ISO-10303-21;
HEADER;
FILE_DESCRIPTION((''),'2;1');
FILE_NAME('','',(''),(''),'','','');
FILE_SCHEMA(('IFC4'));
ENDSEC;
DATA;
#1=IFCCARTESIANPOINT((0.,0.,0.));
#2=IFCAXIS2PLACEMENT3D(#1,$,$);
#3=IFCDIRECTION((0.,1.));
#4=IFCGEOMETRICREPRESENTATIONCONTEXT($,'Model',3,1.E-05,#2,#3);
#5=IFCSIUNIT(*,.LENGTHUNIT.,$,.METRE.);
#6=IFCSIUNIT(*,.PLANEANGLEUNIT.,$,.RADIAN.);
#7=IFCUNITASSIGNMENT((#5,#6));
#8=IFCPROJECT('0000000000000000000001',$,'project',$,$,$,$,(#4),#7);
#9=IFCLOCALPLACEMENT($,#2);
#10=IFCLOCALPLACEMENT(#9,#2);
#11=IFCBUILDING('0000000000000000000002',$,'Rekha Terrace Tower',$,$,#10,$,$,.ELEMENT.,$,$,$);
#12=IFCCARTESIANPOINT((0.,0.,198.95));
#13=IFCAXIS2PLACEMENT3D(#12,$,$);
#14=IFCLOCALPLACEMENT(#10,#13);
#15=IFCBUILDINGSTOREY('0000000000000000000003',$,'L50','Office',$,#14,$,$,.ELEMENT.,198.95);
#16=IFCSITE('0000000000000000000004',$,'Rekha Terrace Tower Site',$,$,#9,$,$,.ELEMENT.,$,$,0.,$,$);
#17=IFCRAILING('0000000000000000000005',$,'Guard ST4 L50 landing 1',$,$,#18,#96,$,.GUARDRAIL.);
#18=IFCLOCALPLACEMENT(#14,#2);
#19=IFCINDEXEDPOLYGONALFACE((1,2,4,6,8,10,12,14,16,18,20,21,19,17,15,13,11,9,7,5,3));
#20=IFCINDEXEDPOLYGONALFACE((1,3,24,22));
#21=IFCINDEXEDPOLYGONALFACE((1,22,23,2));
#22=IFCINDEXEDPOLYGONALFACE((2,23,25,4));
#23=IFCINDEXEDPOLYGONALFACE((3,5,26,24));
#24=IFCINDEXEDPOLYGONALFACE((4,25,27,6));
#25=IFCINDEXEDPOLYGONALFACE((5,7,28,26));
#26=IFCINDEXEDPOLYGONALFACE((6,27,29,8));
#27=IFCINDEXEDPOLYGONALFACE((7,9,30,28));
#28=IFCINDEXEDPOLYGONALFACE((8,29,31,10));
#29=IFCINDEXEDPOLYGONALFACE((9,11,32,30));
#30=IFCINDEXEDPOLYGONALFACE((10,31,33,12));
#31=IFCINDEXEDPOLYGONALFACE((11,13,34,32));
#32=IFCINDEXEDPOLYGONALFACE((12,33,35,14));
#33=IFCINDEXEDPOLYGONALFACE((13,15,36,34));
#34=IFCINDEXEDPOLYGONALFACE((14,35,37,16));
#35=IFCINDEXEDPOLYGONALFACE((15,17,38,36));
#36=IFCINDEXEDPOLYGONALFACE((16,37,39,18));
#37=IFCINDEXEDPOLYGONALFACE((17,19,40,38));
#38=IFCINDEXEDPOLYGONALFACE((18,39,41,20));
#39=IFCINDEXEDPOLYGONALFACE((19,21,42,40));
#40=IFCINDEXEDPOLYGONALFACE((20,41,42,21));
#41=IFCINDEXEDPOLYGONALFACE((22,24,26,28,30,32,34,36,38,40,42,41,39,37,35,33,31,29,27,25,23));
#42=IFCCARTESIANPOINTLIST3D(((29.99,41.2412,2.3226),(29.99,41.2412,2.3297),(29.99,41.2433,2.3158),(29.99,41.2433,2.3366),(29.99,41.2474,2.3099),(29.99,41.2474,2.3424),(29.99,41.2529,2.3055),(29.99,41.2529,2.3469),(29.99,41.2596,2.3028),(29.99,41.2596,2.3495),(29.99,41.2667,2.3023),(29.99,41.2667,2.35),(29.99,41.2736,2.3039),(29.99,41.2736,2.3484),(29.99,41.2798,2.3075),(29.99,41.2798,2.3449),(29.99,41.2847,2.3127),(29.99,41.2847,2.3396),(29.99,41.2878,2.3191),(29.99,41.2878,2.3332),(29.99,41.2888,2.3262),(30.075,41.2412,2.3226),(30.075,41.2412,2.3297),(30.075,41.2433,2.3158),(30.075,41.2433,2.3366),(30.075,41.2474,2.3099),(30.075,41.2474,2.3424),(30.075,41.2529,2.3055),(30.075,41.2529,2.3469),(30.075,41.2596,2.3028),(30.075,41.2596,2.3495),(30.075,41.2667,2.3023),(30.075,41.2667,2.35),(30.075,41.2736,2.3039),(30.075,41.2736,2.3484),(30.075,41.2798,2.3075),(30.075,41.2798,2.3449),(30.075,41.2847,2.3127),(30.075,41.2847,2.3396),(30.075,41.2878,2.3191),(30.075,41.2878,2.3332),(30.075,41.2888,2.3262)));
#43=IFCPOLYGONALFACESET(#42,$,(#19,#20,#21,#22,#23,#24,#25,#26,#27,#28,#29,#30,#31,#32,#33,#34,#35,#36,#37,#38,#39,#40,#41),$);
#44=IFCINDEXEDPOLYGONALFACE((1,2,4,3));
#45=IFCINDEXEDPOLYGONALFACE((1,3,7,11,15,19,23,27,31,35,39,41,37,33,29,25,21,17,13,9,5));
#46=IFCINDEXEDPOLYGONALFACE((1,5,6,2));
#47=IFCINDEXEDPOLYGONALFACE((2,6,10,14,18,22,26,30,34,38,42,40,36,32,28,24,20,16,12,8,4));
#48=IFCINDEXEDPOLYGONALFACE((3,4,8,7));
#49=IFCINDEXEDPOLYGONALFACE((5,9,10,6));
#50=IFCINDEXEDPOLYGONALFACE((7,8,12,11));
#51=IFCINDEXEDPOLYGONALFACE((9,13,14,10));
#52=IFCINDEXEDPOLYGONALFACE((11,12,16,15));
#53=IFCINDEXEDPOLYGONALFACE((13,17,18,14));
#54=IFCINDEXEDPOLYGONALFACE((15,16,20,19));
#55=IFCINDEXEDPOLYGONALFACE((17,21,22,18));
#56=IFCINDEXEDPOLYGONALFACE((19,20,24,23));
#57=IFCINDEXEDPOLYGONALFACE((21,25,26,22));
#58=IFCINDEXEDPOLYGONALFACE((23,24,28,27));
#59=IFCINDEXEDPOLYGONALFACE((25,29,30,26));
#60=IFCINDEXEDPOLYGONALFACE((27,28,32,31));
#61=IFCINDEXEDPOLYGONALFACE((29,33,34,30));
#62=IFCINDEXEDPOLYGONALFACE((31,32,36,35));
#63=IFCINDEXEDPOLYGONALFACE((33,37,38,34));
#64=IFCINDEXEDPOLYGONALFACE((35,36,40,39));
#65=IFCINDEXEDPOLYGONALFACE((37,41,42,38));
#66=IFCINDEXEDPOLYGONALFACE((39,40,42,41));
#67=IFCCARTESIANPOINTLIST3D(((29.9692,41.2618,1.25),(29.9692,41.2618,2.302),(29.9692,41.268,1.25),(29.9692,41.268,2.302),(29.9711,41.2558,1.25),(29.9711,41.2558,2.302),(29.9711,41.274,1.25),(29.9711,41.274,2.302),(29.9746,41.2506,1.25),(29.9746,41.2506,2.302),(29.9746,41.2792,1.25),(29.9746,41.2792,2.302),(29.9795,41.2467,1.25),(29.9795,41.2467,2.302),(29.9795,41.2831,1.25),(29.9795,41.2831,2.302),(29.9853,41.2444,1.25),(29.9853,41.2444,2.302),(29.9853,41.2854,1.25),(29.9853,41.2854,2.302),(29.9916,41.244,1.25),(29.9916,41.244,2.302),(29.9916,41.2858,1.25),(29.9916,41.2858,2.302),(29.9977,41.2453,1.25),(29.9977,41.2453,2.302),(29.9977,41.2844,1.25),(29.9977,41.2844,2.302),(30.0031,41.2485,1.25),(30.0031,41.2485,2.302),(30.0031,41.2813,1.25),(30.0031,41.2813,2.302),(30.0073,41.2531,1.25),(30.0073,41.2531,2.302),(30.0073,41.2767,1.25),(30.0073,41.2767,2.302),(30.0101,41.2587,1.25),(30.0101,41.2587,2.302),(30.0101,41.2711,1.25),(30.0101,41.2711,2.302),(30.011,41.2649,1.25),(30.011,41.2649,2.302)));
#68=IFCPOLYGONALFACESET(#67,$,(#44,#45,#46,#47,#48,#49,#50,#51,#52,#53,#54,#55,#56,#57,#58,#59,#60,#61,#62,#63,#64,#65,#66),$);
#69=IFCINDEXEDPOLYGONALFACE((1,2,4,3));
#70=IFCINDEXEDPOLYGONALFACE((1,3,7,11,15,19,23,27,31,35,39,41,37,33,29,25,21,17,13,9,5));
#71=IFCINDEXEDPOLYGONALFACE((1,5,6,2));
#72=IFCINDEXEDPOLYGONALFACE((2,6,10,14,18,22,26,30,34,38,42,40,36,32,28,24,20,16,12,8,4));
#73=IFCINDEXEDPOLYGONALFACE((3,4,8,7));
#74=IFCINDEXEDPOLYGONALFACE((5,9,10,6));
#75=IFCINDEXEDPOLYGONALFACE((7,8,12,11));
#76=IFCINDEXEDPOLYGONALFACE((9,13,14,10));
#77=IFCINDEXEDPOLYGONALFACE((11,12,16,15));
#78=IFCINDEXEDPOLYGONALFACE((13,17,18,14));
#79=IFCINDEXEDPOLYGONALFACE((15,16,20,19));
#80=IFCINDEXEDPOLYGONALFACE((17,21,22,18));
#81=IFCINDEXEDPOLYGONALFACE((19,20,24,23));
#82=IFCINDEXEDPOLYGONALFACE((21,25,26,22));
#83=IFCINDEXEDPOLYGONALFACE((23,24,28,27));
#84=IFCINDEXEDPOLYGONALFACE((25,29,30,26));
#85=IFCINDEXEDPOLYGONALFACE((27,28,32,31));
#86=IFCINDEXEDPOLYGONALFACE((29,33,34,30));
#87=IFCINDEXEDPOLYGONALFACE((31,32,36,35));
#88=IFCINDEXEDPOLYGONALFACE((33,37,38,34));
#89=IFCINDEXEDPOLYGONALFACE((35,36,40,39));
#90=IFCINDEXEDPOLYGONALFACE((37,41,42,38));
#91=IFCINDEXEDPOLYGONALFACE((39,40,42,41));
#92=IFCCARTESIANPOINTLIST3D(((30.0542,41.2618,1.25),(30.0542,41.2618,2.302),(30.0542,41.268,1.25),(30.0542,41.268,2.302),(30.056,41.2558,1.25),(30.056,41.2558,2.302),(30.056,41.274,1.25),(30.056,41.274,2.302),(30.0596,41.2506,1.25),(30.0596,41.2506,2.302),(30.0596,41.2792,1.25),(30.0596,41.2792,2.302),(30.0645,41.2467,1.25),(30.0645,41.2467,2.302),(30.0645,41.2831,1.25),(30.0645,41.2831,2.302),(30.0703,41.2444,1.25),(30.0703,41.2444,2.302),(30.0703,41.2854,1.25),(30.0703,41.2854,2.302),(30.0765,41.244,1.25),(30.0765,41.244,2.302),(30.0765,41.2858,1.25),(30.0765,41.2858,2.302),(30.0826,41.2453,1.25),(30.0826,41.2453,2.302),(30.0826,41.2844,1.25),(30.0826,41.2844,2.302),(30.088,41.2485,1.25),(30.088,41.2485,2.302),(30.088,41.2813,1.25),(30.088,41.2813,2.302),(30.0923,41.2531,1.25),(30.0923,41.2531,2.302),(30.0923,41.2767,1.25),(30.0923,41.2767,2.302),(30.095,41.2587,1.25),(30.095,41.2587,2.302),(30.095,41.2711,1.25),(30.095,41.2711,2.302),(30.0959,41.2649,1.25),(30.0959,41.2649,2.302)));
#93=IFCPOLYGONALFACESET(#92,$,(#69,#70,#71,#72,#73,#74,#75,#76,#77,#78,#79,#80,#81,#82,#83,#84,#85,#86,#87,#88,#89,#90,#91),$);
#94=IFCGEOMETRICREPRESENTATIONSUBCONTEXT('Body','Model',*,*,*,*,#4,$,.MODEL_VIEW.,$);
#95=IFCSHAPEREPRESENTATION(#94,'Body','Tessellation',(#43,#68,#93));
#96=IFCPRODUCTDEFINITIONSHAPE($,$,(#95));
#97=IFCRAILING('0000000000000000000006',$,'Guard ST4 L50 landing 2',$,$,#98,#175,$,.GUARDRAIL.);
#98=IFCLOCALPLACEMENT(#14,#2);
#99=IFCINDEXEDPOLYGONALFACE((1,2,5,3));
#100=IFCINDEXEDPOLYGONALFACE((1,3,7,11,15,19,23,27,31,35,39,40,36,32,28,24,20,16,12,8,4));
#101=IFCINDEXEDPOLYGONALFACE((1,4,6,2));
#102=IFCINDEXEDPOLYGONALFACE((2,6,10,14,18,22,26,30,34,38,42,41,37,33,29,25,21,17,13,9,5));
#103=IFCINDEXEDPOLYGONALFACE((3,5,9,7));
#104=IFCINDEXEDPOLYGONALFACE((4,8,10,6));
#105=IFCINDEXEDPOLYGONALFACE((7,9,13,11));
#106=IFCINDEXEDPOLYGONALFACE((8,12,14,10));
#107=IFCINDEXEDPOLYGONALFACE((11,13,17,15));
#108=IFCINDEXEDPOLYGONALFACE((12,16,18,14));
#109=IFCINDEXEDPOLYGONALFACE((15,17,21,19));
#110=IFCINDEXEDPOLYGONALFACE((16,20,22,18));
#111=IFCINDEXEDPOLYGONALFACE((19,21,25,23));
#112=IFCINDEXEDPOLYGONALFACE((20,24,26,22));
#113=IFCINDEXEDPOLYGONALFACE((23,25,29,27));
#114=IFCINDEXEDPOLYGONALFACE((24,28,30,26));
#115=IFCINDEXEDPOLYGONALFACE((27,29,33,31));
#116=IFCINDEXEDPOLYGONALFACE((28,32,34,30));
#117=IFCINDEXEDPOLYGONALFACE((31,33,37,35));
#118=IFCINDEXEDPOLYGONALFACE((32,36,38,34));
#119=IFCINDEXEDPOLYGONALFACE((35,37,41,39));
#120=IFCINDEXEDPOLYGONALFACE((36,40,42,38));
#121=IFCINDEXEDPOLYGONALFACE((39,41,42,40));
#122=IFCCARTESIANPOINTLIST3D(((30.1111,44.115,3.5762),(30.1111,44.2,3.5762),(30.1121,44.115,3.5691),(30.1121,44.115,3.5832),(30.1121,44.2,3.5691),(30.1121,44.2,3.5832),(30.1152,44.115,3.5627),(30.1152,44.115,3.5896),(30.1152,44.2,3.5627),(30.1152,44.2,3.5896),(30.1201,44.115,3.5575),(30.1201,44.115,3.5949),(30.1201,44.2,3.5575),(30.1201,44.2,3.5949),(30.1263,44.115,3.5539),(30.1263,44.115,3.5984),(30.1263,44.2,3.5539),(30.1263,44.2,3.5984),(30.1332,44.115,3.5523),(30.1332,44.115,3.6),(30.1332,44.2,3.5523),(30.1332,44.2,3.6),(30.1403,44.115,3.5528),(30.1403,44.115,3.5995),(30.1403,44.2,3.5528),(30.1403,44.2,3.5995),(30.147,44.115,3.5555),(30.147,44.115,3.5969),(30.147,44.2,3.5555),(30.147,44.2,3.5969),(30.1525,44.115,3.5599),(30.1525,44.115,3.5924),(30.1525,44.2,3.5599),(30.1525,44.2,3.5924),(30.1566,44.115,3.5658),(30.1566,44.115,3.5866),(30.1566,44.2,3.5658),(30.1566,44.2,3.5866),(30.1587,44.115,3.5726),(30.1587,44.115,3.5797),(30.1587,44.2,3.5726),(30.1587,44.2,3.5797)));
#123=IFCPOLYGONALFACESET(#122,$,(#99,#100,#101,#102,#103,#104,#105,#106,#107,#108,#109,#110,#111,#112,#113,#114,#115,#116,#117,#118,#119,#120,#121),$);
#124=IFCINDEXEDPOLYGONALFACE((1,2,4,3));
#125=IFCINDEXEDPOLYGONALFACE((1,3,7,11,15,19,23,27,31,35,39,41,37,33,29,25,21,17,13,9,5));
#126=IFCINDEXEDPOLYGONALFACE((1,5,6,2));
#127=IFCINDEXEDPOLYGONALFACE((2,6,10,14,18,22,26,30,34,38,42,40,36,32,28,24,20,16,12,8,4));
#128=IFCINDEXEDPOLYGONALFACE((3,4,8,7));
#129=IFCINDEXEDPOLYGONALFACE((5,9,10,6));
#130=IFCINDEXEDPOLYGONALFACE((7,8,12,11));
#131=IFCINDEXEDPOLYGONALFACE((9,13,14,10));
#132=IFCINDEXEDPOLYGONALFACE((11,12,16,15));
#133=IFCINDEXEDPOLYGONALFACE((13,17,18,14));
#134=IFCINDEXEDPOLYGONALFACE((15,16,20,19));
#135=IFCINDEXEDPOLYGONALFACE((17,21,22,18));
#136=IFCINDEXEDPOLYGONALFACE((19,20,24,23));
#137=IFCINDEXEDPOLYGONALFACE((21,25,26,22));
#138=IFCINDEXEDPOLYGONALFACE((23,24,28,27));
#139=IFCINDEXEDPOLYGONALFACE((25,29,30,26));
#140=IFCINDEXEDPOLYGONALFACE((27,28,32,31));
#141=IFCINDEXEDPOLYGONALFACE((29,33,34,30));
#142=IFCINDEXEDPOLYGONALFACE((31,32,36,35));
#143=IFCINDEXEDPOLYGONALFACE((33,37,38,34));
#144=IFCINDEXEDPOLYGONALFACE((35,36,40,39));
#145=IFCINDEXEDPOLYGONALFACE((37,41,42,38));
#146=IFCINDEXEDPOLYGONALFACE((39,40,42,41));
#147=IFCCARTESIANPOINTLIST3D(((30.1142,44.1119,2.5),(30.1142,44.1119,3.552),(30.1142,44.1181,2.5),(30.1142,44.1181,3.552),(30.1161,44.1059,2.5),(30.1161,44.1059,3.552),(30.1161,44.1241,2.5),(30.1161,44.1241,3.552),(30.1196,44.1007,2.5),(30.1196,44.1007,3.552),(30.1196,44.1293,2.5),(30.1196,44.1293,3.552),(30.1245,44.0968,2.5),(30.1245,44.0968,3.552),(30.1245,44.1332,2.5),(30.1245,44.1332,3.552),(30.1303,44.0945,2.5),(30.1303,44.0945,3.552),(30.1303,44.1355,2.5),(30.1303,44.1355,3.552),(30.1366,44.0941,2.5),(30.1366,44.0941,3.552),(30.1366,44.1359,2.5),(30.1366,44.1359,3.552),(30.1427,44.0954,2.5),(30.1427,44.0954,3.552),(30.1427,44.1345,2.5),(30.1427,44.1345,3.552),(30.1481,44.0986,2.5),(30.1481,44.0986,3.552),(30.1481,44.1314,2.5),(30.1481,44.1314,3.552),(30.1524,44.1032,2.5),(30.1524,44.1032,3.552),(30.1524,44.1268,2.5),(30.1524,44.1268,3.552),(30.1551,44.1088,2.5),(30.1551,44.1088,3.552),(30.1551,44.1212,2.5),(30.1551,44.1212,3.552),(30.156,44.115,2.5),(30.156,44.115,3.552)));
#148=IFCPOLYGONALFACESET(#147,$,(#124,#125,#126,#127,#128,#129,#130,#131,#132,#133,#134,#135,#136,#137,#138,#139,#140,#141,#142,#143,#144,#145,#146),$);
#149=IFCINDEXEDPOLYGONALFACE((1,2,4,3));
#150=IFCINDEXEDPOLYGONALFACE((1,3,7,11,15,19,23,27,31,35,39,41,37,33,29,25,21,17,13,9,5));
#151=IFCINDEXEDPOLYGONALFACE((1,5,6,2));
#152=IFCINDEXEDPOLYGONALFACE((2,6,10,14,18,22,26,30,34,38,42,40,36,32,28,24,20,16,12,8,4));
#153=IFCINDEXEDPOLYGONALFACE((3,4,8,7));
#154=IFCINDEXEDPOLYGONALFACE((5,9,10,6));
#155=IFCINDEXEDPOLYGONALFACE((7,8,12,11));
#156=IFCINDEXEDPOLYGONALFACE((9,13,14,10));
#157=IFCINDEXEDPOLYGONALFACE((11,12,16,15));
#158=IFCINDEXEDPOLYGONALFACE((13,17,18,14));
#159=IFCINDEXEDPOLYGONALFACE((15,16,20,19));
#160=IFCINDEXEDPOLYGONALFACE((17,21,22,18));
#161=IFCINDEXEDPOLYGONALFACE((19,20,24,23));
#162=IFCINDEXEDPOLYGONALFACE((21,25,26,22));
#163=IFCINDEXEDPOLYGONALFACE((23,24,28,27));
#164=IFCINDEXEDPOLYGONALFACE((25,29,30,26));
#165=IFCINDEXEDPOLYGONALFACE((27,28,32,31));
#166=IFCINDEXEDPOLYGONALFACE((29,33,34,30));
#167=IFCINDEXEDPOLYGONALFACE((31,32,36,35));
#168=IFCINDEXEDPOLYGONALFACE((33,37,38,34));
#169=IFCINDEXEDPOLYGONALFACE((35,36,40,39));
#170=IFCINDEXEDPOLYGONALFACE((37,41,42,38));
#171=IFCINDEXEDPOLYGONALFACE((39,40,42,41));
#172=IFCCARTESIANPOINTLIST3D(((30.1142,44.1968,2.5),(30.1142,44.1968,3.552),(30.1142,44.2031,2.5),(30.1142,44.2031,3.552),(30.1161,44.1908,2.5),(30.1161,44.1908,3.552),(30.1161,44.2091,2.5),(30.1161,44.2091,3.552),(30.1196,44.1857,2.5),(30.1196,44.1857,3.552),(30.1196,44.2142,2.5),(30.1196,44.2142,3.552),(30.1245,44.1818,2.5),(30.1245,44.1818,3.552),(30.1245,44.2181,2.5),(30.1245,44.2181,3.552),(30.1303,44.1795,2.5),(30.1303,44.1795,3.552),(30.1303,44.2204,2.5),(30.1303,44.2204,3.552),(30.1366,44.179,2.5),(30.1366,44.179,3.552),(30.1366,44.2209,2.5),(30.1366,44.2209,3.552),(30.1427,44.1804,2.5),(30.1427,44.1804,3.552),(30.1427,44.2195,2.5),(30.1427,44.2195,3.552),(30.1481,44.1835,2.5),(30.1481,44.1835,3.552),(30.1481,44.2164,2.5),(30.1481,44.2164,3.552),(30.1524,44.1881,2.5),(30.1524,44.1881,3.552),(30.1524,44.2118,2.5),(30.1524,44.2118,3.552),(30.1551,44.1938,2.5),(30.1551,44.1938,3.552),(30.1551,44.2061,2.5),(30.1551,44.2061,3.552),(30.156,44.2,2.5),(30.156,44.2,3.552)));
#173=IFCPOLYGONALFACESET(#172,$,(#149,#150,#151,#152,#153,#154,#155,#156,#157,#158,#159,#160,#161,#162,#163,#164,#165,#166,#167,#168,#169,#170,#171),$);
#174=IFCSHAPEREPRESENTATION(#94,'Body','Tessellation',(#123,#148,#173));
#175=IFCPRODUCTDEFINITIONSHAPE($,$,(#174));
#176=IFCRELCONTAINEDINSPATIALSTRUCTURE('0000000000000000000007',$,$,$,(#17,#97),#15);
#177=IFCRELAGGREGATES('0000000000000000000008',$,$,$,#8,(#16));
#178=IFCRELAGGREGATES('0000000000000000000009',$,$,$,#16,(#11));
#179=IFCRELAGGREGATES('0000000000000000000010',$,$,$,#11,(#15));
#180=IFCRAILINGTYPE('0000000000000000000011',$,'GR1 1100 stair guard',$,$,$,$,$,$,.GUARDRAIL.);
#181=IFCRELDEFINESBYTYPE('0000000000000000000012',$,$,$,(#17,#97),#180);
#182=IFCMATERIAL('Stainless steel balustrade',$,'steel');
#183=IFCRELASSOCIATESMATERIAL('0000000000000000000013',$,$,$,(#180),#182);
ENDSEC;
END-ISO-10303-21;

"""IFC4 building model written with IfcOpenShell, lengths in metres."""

from ifc_helpers import new_model, si_unit, direction, frame, origin, origin_2d, place, context, subcontext, project, spatial, circle, extrude, material, type_object, element, save


model = new_model("IFC4")

# Units and contexts
model_context = context("Model", 3, precision=1e-05, world=origin(), true_north=direction((0.0, 1.0)))
body_context = subcontext(model_context, "Body", "Model", "MODEL_VIEW")
ifc_project = project(units=[si_unit("LENGTHUNIT", "METRE"), si_unit("PLANEANGLEUNIT", "RADIAN")], contexts=[model_context])

# Site, building, storey
site_placement = place(None, origin())
site = spatial("IfcSite", under=ifc_project, at=site_placement, Name="Rekha Terrace Tower Site", CompositionType="ELEMENT", RefElevation=0.0)
building_placement = place(site_placement, origin())
building = spatial("IfcBuilding", under=site, at=building_placement, Name="Rekha Terrace Tower", CompositionType="ELEMENT")
storey_placement = place(building_placement, frame((0.0, 0.0, 198.95)))
storey = spatial("IfcBuildingStorey", under=building, at=storey_placement, Name="L50", Description="Office", CompositionType="ELEMENT", Elevation=198.95)

# Railings
ifc_material_1 = material(Name="Stainless steel balustrade", Category="steel")
railing_type_1 = type_object("IfcRailingType", Name="GR1 1100 stair guard", PredefinedType="GUARDRAIL", material=ifc_material_1)
railing_1_placement = place(storey_placement, frame((29.99, 41.2649, 1.25)))
element("IfcRailing", 1, at=railing_1_placement, inside=storey, type_object=railing_type_1, Name="Guard ST4 L50 landing 1", PredefinedType="GUARDRAIL", context=body_context, shape_type="SweptSolid", body=[
    extrude(circle(Radius=0.0239, at=origin_2d()), frame((0.0, 0.0, 1.0762), z_axis=(1.0, 0.0, 0.0), x_axis=(0.0, 1.0, 0.0)), (0.0, 0.0, 1.0), 0.085),
    extrude(circle(Radius=0.021, at=origin_2d()), origin(), (0.0, 0.0, 1.0), 1.052),
    extrude(circle(Radius=0.021, at=origin_2d()), frame((0.085, 0.0, 0.0)), (0.0, 0.0, 1.0), 1.052),
])
railing_2_placement = place(storey_placement, frame((30.135, 44.115, 2.5)))
element("IfcRailing", 2, at=railing_2_placement, inside=storey, type_object=railing_type_1, Name="Guard ST4 L50 landing 2", PredefinedType="GUARDRAIL", context=body_context, shape_type="SweptSolid", body=[
    extrude(circle(Radius=0.0239, at=origin_2d()), frame((0.0, 0.0, 1.0762), z_axis=(0.0, 1.0, 0.0), x_axis=(-1.0, 0.0, 0.0)), (0.0, 0.0, 1.0), 0.085),
    extrude(circle(Radius=0.021, at=origin_2d()), origin(), (0.0, 0.0, 1.0), 1.052),
    extrude(circle(Radius=0.021, at=origin_2d()), frame((0.0, 0.085, 0.0)), (0.0, 0.0, 1.0), 1.052),
])

save(model, "model.ifc")
